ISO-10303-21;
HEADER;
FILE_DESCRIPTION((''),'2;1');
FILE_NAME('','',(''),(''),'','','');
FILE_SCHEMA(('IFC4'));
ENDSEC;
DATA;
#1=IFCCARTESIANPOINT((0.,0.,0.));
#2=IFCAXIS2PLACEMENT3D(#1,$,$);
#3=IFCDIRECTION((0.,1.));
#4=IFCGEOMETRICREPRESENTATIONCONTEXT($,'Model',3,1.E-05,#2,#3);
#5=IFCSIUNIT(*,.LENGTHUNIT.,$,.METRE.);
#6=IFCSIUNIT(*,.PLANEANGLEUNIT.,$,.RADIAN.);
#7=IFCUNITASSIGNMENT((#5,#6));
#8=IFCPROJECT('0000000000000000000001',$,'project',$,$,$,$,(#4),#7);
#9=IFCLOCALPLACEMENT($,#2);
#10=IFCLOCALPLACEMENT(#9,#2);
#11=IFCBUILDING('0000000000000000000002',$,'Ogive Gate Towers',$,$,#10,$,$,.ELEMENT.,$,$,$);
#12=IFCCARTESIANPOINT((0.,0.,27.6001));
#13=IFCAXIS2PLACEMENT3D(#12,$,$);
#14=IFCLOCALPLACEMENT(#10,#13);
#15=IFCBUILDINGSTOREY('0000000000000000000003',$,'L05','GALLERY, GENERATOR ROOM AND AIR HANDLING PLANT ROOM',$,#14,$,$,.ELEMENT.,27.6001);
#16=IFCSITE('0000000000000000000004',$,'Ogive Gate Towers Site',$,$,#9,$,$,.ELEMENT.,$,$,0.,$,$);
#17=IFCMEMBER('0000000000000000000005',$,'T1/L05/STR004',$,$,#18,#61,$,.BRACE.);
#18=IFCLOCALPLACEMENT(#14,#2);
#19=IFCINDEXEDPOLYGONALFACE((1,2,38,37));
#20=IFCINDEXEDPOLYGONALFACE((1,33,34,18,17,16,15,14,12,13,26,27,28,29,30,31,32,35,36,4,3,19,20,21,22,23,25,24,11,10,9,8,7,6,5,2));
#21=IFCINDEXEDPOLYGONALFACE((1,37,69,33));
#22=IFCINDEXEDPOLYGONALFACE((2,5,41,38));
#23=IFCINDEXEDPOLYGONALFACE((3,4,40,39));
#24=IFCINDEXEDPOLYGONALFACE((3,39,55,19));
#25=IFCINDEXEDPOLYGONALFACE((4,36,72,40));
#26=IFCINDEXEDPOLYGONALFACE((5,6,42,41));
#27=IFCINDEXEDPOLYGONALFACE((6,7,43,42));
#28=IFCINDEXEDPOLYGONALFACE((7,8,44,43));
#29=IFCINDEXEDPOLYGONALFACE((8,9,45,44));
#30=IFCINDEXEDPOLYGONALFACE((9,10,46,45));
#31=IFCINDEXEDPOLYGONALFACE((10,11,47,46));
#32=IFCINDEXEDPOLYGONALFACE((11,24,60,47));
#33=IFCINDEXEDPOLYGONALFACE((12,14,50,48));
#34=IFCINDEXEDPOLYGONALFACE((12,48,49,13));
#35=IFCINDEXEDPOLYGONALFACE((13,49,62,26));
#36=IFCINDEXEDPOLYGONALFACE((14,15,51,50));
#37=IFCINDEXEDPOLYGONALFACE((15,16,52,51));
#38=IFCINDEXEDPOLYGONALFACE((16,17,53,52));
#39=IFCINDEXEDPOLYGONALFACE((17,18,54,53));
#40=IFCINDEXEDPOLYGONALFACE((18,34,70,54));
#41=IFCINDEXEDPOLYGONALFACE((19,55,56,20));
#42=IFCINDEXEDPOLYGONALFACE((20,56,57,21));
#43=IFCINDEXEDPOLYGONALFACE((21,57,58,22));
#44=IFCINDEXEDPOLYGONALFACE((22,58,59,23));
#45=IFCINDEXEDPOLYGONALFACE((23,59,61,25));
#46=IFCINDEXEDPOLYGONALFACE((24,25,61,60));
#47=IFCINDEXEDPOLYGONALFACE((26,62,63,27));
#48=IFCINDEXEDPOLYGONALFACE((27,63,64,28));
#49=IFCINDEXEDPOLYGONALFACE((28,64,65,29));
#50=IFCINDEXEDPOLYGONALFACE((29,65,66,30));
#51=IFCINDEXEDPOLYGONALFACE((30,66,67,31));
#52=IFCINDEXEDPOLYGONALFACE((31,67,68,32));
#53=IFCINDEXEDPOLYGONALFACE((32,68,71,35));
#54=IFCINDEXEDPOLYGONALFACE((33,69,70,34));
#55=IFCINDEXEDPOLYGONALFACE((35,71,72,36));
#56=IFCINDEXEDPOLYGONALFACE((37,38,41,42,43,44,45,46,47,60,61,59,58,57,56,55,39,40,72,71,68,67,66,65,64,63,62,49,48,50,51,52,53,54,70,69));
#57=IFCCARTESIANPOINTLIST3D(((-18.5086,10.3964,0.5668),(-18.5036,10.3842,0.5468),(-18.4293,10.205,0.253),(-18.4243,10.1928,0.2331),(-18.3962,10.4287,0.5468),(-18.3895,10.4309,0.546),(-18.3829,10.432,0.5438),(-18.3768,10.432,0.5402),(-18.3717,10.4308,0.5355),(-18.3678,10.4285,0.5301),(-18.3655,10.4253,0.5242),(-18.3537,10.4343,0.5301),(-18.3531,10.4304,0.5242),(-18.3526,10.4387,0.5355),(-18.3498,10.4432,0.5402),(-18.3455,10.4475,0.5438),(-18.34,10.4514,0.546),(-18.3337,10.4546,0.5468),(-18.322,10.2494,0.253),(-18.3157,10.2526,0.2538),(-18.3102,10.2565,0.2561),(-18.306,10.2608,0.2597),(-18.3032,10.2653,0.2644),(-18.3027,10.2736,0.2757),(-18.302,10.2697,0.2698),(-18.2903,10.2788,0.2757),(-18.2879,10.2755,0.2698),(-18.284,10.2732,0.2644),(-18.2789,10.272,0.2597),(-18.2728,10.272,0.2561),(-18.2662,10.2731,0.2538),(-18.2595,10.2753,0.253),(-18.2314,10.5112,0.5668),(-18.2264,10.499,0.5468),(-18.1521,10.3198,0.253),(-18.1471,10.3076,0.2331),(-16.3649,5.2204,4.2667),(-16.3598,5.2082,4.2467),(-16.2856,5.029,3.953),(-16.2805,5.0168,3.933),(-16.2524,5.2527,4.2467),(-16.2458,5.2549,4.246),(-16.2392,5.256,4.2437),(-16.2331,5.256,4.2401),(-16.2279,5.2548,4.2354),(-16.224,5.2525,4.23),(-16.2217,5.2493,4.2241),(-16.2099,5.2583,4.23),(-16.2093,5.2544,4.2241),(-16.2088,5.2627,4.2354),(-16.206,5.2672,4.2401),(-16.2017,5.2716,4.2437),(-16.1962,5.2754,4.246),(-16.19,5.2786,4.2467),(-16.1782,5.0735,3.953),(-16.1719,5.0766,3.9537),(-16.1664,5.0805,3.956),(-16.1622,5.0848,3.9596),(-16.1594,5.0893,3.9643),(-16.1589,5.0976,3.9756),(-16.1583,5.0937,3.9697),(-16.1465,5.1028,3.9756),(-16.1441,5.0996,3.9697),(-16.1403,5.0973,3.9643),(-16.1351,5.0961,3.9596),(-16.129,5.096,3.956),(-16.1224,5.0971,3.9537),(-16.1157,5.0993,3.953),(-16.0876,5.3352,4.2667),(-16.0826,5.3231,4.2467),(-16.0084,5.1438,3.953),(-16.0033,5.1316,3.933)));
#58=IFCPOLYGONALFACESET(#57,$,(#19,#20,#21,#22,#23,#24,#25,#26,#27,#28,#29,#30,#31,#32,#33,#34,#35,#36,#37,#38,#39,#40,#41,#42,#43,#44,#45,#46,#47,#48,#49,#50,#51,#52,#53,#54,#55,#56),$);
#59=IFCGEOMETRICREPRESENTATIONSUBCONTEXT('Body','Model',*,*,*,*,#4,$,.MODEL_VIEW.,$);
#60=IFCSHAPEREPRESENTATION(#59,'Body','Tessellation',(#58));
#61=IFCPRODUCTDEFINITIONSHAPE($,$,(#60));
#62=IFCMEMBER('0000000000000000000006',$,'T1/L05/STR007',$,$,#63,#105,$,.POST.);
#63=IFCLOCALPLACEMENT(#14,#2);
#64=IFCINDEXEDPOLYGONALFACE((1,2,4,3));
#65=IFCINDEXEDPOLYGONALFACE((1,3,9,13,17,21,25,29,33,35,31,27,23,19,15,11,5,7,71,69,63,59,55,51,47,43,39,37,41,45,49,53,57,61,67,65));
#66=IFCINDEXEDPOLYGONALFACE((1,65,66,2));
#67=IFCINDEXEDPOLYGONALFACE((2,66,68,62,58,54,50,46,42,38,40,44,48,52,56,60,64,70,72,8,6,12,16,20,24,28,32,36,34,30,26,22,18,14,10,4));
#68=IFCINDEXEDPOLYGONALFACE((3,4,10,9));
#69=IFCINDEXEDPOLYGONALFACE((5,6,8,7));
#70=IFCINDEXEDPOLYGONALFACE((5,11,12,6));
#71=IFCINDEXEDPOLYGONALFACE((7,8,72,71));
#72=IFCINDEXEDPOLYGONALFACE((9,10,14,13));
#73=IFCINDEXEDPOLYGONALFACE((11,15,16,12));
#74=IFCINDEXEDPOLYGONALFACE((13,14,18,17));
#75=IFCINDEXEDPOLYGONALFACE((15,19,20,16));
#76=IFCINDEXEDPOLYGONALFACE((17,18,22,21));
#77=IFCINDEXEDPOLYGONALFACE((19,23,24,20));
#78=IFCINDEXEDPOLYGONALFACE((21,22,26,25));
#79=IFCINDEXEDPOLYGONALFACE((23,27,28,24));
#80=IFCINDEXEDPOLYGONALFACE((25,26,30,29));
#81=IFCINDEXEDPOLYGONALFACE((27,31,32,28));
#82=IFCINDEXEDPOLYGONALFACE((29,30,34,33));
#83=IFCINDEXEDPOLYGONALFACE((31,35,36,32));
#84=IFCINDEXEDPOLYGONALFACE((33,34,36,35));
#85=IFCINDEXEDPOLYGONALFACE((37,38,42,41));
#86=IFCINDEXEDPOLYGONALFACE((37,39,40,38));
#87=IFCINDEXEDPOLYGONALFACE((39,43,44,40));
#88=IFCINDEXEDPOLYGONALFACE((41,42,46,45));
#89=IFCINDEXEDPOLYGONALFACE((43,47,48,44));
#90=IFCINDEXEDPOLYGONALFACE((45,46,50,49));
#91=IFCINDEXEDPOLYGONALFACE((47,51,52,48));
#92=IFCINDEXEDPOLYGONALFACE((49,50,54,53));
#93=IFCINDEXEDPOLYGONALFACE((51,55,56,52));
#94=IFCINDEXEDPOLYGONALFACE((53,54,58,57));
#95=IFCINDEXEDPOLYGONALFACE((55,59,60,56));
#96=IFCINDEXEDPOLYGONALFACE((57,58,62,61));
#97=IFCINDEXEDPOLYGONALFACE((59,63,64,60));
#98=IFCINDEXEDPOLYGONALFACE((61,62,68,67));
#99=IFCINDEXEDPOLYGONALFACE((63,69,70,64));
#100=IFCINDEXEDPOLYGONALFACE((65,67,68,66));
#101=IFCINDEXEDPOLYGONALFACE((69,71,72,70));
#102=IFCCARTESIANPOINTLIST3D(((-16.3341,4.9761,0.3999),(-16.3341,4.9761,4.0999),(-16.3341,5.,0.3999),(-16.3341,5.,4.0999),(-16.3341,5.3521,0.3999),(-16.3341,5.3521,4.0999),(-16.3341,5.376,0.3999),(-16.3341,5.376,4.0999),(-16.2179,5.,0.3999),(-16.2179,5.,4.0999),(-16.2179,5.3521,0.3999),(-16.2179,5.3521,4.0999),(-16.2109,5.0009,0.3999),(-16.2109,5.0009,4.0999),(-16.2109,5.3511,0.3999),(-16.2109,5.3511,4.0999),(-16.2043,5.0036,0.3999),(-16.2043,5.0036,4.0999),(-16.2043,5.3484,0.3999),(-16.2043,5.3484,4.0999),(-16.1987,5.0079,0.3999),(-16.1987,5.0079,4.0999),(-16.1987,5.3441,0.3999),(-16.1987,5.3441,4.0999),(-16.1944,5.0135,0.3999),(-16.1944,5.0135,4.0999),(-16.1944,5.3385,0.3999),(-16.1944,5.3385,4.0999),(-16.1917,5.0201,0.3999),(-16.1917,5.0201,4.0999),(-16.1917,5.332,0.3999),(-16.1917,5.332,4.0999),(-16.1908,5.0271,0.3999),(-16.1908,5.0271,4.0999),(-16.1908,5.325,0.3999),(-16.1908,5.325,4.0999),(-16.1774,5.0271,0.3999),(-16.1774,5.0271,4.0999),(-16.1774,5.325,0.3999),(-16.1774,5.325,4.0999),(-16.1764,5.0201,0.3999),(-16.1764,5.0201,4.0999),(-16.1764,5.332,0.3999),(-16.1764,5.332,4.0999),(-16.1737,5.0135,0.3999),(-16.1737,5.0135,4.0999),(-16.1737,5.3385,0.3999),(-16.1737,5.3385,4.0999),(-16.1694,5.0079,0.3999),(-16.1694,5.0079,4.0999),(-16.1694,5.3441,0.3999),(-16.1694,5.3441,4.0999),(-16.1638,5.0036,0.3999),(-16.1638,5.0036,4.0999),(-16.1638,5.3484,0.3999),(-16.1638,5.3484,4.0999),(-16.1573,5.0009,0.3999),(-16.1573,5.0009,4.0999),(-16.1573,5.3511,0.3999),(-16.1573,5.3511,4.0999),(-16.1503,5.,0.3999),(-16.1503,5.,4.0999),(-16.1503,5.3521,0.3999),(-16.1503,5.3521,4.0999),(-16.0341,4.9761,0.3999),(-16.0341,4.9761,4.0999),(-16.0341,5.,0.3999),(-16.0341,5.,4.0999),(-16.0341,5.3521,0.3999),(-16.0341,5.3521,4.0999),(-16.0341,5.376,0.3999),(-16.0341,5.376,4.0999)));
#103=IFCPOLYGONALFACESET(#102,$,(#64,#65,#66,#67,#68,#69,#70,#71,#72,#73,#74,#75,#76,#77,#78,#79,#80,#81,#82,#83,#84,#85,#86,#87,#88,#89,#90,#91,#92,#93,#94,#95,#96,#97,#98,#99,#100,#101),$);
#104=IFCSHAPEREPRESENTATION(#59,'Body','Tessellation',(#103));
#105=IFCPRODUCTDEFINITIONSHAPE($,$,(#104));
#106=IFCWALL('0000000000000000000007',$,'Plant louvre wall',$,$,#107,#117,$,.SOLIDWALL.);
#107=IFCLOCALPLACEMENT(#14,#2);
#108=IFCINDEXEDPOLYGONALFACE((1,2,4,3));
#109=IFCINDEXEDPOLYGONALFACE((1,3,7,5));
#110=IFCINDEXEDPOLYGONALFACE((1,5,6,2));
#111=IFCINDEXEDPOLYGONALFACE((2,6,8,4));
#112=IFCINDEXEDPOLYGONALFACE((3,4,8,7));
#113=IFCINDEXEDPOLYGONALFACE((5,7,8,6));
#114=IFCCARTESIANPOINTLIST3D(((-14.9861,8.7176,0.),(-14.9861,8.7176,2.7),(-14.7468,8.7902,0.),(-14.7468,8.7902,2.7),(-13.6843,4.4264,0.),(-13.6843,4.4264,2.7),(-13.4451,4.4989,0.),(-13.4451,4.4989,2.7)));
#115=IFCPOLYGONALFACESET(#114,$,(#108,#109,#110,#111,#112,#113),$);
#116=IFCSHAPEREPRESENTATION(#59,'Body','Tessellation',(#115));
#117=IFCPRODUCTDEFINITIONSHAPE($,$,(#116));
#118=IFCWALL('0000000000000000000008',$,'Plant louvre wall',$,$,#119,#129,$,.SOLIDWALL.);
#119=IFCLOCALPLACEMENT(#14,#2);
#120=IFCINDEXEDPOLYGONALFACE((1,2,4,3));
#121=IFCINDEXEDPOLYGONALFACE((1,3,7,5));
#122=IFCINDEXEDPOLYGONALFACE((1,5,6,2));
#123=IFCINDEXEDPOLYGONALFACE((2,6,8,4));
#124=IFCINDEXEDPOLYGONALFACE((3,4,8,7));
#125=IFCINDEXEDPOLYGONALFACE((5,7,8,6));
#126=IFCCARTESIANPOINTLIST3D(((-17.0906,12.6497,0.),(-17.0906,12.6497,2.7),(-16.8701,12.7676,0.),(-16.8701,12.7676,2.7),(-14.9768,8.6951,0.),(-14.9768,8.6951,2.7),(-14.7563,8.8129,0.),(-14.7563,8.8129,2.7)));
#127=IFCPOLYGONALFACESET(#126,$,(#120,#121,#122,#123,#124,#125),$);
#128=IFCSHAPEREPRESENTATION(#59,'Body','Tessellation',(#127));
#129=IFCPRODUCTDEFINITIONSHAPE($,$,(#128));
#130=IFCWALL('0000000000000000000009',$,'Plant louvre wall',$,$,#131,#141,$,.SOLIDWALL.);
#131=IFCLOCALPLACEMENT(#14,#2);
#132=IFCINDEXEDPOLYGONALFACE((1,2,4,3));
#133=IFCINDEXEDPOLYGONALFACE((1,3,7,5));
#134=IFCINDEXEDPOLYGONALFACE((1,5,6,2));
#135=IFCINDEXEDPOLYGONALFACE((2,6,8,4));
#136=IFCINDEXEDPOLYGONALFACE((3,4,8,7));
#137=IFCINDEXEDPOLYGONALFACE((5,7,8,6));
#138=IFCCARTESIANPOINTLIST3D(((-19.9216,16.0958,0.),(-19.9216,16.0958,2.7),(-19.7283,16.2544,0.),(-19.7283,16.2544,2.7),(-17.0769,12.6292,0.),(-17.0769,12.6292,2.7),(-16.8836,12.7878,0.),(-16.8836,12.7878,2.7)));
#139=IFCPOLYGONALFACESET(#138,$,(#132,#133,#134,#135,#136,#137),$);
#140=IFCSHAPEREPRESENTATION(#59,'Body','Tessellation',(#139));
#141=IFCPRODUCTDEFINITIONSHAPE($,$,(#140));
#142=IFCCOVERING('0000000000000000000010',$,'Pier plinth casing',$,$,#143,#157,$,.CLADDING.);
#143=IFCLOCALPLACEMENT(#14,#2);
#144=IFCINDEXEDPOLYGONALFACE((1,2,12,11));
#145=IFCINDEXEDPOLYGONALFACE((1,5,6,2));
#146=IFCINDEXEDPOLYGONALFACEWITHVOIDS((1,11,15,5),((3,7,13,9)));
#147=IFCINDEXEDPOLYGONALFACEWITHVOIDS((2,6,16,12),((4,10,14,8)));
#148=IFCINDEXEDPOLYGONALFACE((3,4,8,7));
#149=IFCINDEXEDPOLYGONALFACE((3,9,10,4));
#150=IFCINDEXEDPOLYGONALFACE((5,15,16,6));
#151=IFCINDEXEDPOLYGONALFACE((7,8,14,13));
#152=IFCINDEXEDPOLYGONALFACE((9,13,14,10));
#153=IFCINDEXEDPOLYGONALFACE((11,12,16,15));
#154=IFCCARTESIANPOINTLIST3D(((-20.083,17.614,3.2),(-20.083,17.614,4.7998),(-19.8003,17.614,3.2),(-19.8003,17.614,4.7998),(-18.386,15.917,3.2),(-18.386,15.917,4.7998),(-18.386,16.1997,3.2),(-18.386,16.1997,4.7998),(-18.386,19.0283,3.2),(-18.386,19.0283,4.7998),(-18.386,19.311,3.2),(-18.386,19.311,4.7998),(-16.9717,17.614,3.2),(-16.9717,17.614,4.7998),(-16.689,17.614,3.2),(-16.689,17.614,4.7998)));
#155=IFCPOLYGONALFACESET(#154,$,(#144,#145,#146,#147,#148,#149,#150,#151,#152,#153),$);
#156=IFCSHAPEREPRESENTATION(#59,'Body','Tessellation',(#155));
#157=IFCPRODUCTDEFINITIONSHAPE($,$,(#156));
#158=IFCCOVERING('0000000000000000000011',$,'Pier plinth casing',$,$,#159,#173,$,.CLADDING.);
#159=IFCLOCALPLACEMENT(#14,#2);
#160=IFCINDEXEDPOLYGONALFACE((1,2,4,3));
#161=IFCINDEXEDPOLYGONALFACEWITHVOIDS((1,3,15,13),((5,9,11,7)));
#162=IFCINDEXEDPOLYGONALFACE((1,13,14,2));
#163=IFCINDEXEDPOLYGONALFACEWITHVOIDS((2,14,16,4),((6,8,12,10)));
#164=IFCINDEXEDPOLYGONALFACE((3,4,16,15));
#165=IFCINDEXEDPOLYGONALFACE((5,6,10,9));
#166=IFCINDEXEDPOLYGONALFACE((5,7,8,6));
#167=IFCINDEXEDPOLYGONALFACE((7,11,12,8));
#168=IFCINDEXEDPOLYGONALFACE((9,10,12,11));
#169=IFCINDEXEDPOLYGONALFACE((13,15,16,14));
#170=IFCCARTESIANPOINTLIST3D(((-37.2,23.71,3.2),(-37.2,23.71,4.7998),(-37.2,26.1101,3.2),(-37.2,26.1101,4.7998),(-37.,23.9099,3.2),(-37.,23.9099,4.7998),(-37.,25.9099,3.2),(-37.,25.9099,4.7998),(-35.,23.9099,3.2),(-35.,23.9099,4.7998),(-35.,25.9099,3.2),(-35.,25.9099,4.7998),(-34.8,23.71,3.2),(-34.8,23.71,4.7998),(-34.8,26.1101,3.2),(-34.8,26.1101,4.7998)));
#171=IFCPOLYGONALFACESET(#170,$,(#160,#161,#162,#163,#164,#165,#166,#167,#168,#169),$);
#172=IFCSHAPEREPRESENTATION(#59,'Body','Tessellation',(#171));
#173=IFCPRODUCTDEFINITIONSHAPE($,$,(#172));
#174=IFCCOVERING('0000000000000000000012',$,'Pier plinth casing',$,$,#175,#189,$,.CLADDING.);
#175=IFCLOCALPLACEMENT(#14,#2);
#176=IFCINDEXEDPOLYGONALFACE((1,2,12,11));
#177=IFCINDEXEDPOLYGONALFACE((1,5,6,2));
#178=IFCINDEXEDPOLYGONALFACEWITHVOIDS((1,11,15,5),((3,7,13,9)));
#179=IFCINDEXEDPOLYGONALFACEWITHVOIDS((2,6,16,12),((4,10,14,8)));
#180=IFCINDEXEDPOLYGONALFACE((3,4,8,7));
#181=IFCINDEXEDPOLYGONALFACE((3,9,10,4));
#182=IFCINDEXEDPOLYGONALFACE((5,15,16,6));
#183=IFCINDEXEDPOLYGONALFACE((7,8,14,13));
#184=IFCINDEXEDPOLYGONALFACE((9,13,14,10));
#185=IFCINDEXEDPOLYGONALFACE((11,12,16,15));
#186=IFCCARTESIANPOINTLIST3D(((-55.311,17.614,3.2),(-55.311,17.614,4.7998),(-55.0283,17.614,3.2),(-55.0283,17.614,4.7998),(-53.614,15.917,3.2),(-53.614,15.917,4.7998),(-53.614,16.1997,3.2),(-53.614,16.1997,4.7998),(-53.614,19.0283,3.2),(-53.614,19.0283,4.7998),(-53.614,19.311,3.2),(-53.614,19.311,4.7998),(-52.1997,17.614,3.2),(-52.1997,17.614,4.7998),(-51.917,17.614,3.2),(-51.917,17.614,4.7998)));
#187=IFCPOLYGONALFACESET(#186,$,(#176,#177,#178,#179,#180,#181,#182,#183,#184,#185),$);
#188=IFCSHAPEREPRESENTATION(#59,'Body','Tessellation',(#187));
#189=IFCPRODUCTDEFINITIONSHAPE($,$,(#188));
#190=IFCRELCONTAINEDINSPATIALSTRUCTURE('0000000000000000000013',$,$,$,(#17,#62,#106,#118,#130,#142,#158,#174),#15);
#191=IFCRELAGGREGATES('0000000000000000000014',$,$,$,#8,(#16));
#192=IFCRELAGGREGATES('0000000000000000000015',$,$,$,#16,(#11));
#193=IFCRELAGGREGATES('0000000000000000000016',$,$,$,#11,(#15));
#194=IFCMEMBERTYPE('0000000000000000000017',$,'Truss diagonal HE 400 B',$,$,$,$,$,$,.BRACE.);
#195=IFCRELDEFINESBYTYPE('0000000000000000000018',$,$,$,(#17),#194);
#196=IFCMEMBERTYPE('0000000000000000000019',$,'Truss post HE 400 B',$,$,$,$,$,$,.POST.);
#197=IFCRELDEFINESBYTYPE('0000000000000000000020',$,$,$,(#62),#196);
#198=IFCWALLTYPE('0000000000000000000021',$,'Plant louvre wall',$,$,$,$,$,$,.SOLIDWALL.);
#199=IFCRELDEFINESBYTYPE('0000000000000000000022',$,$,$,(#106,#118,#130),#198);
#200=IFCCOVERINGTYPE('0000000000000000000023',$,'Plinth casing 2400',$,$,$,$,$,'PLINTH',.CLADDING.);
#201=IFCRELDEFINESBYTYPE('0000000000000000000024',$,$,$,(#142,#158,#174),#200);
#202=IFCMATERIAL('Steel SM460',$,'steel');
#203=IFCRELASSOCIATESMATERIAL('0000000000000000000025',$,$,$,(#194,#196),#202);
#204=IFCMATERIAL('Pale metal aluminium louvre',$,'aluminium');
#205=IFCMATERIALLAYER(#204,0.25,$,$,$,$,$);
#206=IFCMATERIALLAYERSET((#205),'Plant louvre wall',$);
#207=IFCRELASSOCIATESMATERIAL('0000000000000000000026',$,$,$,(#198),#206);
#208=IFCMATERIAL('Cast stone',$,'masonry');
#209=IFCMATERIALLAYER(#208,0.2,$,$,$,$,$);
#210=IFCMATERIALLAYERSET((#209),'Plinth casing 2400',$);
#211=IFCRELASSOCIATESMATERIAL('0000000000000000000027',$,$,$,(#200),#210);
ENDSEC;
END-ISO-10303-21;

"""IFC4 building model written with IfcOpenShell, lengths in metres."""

from ifc_helpers import new_model, si_unit, direction, frame, frame_2d, origin, origin_2d, place, context, subcontext, project, spatial, polyline, rectangle, i_section, outline, extrude, material, layer, layer_set, material_profile, profile_set, type_object, element, save


model = new_model("IFC4")

# Units and contexts
model_context = context("Model", 3, precision=1e-05, world=origin(), true_north=direction((0.0, 1.0)))
body_context = subcontext(model_context, "Body", "Model", "MODEL_VIEW")
ifc_project = project(units=[si_unit("LENGTHUNIT", "METRE"), si_unit("PLANEANGLEUNIT", "RADIAN")], contexts=[model_context])

# Site, building, storey
site_placement = place(None, origin())
site = spatial("IfcSite", under=ifc_project, at=site_placement, Name="Ogive Gate Towers Site", CompositionType="ELEMENT", RefElevation=0.0)
building_placement = place(site_placement, origin())
building = spatial("IfcBuilding", under=site, at=building_placement, Name="Ogive Gate Towers", CompositionType="ELEMENT")
storey_placement = place(building_placement, frame((0.0, 0.0, 27.6001)))
storey = spatial("IfcBuildingStorey", under=building, at=storey_placement, Name="L05", Description="GALLERY, GENERATOR ROOM AND AIR HANDLING PLANT ROOM", CompositionType="ELEMENT", Elevation=27.6001)

# Members
ifc_material_1 = material(Name="Steel SM460", Category="steel")
ifc_material_profile_1 = material_profile(ifc_material_1, i_section(OverallWidth=0.3, OverallDepth=0.3999, WebThickness=0.0134, FlangeThickness=0.0239, FilletRadius=0.0271, at=origin_2d()), Name="HE 400 B")
ifc_profile_set_1 = profile_set([ifc_material_profile_1], Name="Steel SM460")
member_type_1 = type_object("IfcMemberType", Name="Truss diagonal HE 400 B", PredefinedType="BRACE", material=ifc_profile_set_1)
member_1_placement = place(storey_placement, frame((-16.1841, 5.176, 4.0999), z_axis=(-0.319306, 0.770939, -0.551086), x_axis=(-0.923891, -0.382656, 0.0)))
element("IfcMember", 1, at=member_1_placement, inside=storey, type_object=member_type_1, Name="T1/L05/STR004", PredefinedType="BRACE", context=body_context, shape_type="SweptSolid", body=[
    extrude(i_section(OverallWidth=0.3, OverallDepth=0.3999, WebThickness=0.0134, FlangeThickness=0.0239, FilletRadius=0.0271, at=origin_2d()), origin(), (0.0, 0.0, 1.0), 6.7139),
])
ifc_material_profile_2 = material_profile(ifc_material_1, i_section(OverallWidth=0.3, OverallDepth=0.3999, WebThickness=0.0134, FlangeThickness=0.0239, FilletRadius=0.0271, at=origin_2d()), Name="HE 400 B")
ifc_profile_set_2 = profile_set([ifc_material_profile_2], Name="Steel SM460")
member_type_2 = type_object("IfcMemberType", Name="Truss post HE 400 B", PredefinedType="POST", material=ifc_profile_set_2)
member_2_placement = place(storey_placement, frame((-16.1841, 5.176, 0.3999), z_axis=(0.0, 0.0, 1.0), x_axis=(1.0, 0.0, 0.0)))
element("IfcMember", 2, at=member_2_placement, inside=storey, type_object=member_type_2, Name="T1/L05/STR007", PredefinedType="POST", context=body_context, shape_type="SweptSolid", body=[
    extrude(i_section(OverallWidth=0.3, OverallDepth=0.3999, WebThickness=0.0134, FlangeThickness=0.0239, FilletRadius=0.0271, at=origin_2d()), origin(), (0.0, 0.0, 1.0), 3.7),
])

# Walls
ifc_material_2 = material(Name="Pale metal aluminium louvre", Category="aluminium")
ifc_layer_1 = layer(ifc_material_2, 0.25)
ifc_layer_set_1 = layer_set([ifc_layer_1], Name="Plant louvre wall")
wall_type = type_object("IfcWallType", Name="Plant louvre wall", PredefinedType="SOLIDWALL", material=ifc_layer_set_1)
wall_1_placement = place(storey_placement, frame((-13.5647, 4.4626, 0.0), z_axis=(0.0, 0.0, 1.0), x_axis=(-0.290288, 0.956939, 0.0)))
element("IfcWall", 3, at=wall_1_placement, inside=storey, type_object=wall_type, Name="Plant louvre wall", PredefinedType="SOLIDWALL", context=body_context, shape_type="SweptSolid", body=[
    extrude(rectangle(XDim=4.4844, YDim=0.25, at=frame_2d((2.2422, 0.0))), origin(), (0.0, 0.0, 1.0), 2.7),
])
wall_2_placement = place(storey_placement, frame((-14.8665, 8.7539, 0.0), z_axis=(0.0, 0.0, 1.0), x_axis=(-0.471396, 0.881922, 0.0)))
element("IfcWall", 4, at=wall_2_placement, inside=storey, type_object=wall_type, Name="Plant louvre wall", PredefinedType="SOLIDWALL", context=body_context, shape_type="SweptSolid", body=[
    extrude(rectangle(XDim=4.4841, YDim=0.25, at=frame_2d((2.2422, 0.0))), origin(), (0.0, 0.0, 1.0), 2.7),
])
wall_3_placement = place(storey_placement, frame((-16.9802, 12.7085, 0.0), z_axis=(0.0, 0.0, 1.0), x_axis=(-0.634367, 0.773032, 0.0)))
element("IfcWall", 5, at=wall_3_placement, inside=storey, type_object=wall_type, Name="Plant louvre wall", PredefinedType="SOLIDWALL", context=body_context, shape_type="SweptSolid", body=[
    extrude(rectangle(XDim=4.4844, YDim=0.25, at=frame_2d((2.2422, 0.0))), origin(), (0.0, 0.0, 1.0), 2.7),
])

# Coverings
ifc_material_3 = material(Name="Cast stone", Category="masonry")
ifc_layer_2 = layer(ifc_material_3, 0.2)
ifc_layer_set_2 = layer_set([ifc_layer_2], Name="Plinth casing 2400")
covering_type_1 = type_object("IfcCoveringType", Name="Plinth casing 2400", ElementType="PLINTH", PredefinedType="CLADDING", material=ifc_layer_set_2)
covering_1_placement = place(storey_placement, frame((0.0, 0.0, 3.2)))
element("IfcCovering", 6, at=covering_1_placement, inside=storey, type_object=covering_type_1, Name="Pier plinth casing", PredefinedType="CLADDING", context=body_context, shape_type="SweptSolid", body=[
    extrude(outline(polyline([(-18.386, 15.917), (-16.689, 17.614), (-18.386, 19.311), (-20.083, 17.614), (-18.386, 15.917)]), holes=[polyline([(-18.386, 16.1997), (-19.8003, 17.614), (-18.386, 19.0283), (-16.9717, 17.614), (-18.386, 16.1997)])]), origin(), (0.0, 0.0, 1.0), 1.5999),
])
covering_2_placement = place(storey_placement, frame((0.0, 0.0, 3.2)))
element("IfcCovering", 7, at=covering_2_placement, inside=storey, type_object=covering_type_1, Name="Pier plinth casing", PredefinedType="CLADDING", context=body_context, shape_type="SweptSolid", body=[
    extrude(outline(polyline([(-34.8, 23.71), (-34.8, 26.1101), (-37.2, 26.1101), (-37.2, 23.71), (-34.8, 23.71)]), holes=[polyline([(-35.0, 23.9099), (-37.0, 23.9099), (-37.0, 25.9099), (-35.0, 25.9099), (-35.0, 23.9099)])]), origin(), (0.0, 0.0, 1.0), 1.5999),
])
covering_3_placement = place(storey_placement, frame((0.0, 0.0, 3.2)))
element("IfcCovering", 8, at=covering_3_placement, inside=storey, type_object=covering_type_1, Name="Pier plinth casing", PredefinedType="CLADDING", context=body_context, shape_type="SweptSolid", body=[
    extrude(outline(polyline([(-51.917, 17.614), (-53.614, 19.311), (-55.311, 17.614), (-53.614, 15.917), (-51.917, 17.614)]), holes=[polyline([(-52.1997, 17.614), (-53.614, 16.1997), (-55.0283, 17.614), (-53.614, 19.0283), (-52.1997, 17.614)])]), origin(), (0.0, 0.0, 1.0), 1.5999),
])

save(model, "model.ifc")
